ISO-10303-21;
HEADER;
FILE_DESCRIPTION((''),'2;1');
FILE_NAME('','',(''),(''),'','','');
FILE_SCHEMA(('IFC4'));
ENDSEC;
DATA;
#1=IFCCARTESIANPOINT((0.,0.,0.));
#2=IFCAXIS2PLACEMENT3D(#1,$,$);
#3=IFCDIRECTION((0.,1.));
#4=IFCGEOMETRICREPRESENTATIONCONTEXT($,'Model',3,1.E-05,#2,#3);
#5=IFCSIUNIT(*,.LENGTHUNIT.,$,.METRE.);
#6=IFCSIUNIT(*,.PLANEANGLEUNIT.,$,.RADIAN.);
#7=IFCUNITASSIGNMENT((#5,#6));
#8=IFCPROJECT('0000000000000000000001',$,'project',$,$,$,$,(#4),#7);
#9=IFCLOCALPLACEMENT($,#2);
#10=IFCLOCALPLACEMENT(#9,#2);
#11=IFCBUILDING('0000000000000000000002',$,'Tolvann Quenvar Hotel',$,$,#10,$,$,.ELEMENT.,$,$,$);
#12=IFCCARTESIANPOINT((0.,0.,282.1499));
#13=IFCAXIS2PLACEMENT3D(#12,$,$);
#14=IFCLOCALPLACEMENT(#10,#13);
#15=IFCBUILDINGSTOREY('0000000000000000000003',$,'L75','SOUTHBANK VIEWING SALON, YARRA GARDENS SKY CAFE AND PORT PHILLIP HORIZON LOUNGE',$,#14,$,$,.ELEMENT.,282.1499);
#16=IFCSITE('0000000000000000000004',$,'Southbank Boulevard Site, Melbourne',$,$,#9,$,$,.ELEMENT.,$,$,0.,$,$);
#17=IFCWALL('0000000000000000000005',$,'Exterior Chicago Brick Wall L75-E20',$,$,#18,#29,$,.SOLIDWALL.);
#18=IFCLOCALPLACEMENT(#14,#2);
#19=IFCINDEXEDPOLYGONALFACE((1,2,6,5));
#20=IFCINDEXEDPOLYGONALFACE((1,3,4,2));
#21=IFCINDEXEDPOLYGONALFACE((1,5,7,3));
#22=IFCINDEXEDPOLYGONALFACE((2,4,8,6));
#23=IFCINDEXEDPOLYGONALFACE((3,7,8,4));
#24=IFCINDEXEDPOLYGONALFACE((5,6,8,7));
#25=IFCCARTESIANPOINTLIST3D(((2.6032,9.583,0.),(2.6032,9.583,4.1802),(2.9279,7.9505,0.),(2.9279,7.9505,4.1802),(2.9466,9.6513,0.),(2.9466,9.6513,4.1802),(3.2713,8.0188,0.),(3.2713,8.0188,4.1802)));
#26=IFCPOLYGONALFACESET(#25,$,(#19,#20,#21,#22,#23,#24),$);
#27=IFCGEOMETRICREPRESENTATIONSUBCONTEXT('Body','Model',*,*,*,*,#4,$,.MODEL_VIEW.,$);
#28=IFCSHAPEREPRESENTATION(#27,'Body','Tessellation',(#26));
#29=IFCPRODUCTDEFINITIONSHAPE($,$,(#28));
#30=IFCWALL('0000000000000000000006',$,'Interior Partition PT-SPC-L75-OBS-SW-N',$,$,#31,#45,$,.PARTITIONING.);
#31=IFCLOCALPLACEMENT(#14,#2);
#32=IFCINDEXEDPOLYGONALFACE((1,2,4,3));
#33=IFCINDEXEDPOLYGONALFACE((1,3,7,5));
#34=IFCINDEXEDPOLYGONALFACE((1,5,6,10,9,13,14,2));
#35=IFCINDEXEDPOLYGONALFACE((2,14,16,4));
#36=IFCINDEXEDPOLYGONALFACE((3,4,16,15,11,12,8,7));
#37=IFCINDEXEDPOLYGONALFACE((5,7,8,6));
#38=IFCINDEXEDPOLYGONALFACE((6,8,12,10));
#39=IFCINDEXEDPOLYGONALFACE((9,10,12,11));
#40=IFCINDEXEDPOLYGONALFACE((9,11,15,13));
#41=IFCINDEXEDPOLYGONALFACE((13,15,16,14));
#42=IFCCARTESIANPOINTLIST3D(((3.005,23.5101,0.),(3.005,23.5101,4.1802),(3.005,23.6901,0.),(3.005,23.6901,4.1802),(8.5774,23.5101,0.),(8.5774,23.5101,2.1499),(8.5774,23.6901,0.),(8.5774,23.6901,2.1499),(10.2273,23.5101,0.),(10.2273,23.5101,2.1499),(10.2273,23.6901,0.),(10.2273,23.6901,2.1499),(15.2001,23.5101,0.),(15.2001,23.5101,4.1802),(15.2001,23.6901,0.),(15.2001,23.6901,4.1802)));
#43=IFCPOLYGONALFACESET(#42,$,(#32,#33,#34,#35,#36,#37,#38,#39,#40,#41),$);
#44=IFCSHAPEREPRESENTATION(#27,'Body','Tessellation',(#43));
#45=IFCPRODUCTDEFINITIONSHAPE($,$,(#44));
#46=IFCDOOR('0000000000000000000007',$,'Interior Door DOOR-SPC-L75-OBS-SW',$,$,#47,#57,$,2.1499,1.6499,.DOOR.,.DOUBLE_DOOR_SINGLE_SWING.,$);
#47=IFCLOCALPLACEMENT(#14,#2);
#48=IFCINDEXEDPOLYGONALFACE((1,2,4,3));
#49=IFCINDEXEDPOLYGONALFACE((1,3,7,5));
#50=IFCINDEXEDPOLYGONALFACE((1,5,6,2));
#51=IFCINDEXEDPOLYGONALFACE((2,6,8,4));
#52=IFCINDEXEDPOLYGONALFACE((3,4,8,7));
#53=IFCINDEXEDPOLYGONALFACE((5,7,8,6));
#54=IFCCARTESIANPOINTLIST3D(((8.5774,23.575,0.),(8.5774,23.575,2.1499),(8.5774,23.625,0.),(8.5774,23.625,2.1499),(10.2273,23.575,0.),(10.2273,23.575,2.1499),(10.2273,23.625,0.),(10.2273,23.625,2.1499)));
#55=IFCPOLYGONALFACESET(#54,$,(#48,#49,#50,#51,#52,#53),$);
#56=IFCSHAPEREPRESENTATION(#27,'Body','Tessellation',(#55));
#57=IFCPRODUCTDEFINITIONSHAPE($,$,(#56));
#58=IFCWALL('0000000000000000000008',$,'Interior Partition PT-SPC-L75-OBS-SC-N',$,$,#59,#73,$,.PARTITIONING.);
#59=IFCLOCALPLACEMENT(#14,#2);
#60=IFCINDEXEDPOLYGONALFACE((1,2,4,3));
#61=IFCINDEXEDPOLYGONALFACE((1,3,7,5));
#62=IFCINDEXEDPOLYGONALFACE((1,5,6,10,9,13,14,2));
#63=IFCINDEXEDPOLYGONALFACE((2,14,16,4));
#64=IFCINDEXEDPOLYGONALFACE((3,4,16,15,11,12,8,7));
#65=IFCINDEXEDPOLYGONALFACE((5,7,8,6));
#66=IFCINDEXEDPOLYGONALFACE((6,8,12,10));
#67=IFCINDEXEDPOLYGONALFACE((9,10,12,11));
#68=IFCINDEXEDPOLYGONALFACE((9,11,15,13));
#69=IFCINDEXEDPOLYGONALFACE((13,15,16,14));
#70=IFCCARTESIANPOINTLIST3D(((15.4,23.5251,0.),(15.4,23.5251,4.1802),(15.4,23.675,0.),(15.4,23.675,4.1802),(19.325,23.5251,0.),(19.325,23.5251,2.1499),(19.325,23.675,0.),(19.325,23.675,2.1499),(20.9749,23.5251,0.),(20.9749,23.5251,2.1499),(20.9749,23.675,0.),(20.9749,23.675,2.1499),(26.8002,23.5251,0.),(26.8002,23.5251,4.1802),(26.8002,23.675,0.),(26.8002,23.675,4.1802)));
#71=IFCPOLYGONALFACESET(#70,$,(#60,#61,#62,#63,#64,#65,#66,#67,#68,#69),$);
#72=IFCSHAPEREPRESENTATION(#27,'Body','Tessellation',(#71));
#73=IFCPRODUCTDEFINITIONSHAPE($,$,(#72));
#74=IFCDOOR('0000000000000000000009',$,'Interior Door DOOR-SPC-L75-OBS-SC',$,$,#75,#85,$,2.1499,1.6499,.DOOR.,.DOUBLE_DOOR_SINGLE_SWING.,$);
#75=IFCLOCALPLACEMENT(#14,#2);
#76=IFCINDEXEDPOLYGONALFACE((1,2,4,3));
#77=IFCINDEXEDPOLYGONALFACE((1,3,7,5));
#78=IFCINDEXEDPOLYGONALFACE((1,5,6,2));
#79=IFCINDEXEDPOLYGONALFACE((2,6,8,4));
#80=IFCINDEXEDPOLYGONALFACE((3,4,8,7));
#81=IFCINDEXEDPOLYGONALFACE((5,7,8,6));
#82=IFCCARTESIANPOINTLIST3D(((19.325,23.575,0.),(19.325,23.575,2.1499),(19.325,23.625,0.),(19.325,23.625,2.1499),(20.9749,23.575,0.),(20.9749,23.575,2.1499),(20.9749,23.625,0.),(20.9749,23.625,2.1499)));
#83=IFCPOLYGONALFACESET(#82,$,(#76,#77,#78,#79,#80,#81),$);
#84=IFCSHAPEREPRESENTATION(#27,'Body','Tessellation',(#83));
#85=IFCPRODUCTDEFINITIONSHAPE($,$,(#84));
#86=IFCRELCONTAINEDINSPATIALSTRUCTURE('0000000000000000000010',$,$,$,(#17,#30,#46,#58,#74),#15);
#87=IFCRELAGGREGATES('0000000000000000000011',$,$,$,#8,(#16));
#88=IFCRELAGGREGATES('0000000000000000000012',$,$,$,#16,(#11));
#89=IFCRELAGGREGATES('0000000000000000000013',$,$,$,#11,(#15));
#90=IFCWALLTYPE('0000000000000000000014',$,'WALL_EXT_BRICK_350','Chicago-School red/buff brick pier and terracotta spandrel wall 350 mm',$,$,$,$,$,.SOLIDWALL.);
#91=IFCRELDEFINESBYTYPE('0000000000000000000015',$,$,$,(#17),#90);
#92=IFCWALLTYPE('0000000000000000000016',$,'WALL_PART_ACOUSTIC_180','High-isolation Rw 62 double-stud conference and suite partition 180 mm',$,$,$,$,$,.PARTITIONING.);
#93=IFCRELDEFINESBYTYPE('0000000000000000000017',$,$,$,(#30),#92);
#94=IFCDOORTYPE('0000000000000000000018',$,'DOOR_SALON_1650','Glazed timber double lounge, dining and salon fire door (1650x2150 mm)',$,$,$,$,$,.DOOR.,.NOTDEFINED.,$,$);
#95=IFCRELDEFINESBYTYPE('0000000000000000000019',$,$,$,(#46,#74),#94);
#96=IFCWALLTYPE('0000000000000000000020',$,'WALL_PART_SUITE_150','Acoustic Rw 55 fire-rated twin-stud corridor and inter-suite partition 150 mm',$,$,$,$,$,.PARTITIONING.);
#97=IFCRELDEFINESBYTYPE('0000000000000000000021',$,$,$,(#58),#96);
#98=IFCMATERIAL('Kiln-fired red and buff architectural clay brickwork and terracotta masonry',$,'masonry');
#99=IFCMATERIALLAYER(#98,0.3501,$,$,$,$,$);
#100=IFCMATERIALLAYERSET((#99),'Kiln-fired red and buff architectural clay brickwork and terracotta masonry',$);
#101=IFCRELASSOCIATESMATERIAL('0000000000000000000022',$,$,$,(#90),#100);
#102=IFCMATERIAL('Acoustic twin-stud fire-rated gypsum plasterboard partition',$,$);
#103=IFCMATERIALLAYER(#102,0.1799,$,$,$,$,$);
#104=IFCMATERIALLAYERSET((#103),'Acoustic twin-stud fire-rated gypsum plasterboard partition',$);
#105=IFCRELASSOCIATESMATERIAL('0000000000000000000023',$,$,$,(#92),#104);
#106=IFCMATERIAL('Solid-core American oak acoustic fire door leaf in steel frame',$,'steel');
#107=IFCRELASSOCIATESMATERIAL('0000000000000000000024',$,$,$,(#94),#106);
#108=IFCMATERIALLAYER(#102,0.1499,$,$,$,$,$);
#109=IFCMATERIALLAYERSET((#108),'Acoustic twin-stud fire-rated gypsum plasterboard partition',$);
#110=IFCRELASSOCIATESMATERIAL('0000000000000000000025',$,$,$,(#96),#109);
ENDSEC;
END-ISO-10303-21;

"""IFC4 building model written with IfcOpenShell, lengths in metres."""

from ifc_helpers import new_model, si_unit, direction, frame, frame_2d, origin, place, context, subcontext, project, spatial, rectangle, extrude, source, transform, mapped, material, layer, layer_set, type_object, type_shapes, element, fill, save


model = new_model("IFC4")

# Units and contexts
model_context = context("Model", 3, precision=1e-05, world=origin(), true_north=direction((0.0, 1.0)))
body_context = subcontext(model_context, "Body", "Model", "MODEL_VIEW")
ifc_project = project(units=[si_unit("LENGTHUNIT", "METRE"), si_unit("PLANEANGLEUNIT", "RADIAN")], contexts=[model_context])

# Site, building, storey
site_placement = place(None, origin())
site = spatial("IfcSite", under=ifc_project, at=site_placement, Name="Southbank Boulevard Site, Melbourne", CompositionType="ELEMENT", RefElevation=0.0)
building_placement = place(site_placement, origin())
building = spatial("IfcBuilding", under=site, at=building_placement, Name="Tolvann Quenvar Hotel", CompositionType="ELEMENT")
storey_placement = place(building_placement, frame((0.0, 0.0, 282.1499)))
storey = spatial("IfcBuildingStorey", under=building, at=storey_placement, Name="L75", Description="SOUTHBANK VIEWING SALON, YARRA GARDENS SKY CAFE AND PORT PHILLIP HORIZON LOUNGE", CompositionType="ELEMENT", Elevation=282.1499)

# Wall
ifc_material_1 = material(Name="Kiln-fired red and buff architectural clay brickwork and terracotta masonry", Category="masonry")
ifc_layer_1 = layer(ifc_material_1, 0.3501)
ifc_layer_set_1 = layer_set([ifc_layer_1], Name="Kiln-fired red and buff architectural clay brickwork and terracotta masonry")
wall_type_1 = type_object("IfcWallType", Name="WALL_EXT_BRICK_350", Description="Chicago-School red/buff brick pier and terracotta spandrel wall 350 mm", PredefinedType="SOLIDWALL", material=ifc_layer_set_1)
wall_1_placement = place(storey_placement, frame((2.7749, 9.6172, 0.0), z_axis=(0.0, 0.0, 1.0), x_axis=(0.195072, -0.980789, 0.0)))
element("IfcWall", 1, at=wall_1_placement, inside=storey, type_object=wall_type_1, Name="Exterior Chicago Brick Wall L75-E20", PredefinedType="SOLIDWALL", context=body_context, shape_type="SweptSolid", body=[
    extrude(rectangle(XDim=1.6646, YDim=0.3501, at=frame_2d((0.8323, 0.0))), origin(), (0.0, 0.0, 1.0), 4.1802),
])

# Walls, openings, doors
ifc_material_2 = material(Name="Acoustic twin-stud fire-rated gypsum plasterboard partition")
ifc_layer_2 = layer(ifc_material_2, 0.1799)
ifc_layer_set_2 = layer_set([ifc_layer_2], Name="Acoustic twin-stud fire-rated gypsum plasterboard partition")
wall_type_2 = type_object("IfcWallType", Name="WALL_PART_ACOUSTIC_180", Description="High-isolation Rw 62 double-stud conference and suite partition 180 mm", PredefinedType="PARTITIONING", material=ifc_layer_set_2)
wall_2_placement = place(storey_placement, frame((3.0049, 23.6001, 0.0), z_axis=(0.0, 0.0, 1.0), x_axis=(1.0, 0.0, 0.0)))
wall_2 = element("IfcWall", 2, at=wall_2_placement, inside=storey, type_object=wall_type_2, Name="Interior Partition PT-SPC-L75-OBS-SW-N", PredefinedType="PARTITIONING", context=body_context, shape_type="SweptSolid", body=[
    extrude(rectangle(XDim=12.1951, YDim=0.1799, at=frame_2d((6.0977, 0.0))), origin(), (0.0, 0.0, 1.0), 4.1802),
])
opening_1_placement = place(wall_2_placement, frame((5.5725, 0.0, 0.0)))
opening_1 = element("IfcOpeningElement", 3, at=opening_1_placement, cuts=wall_2, PredefinedType="OPENING", context=body_context, shape_type="SweptSolid", body=[
    extrude(rectangle(XDim=1.6499, YDim=2.1499, at=frame_2d((0.825, 1.075))), frame((0.0, 0.1001, 0.0), z_axis=(0.0, -1.0, 0.0), x_axis=(1.0, 0.0, 0.0)), (0.0, 0.0, 1.0), 0.2),
])
ifc_material_3 = material(Name="Solid-core American oak acoustic fire door leaf in steel frame", Category="steel")
door_type = type_object("IfcDoorType", Name="DOOR_SALON_1650", Description="Glazed timber double lounge, dining and salon fire door (1650x2150 mm)", OperationType="NOTDEFINED", PredefinedType="DOOR", material=ifc_material_3)
shared_shape_1 = source(origin(), body_context, "Body", "SweptSolid", [
    extrude(rectangle(XDim=1.6499, YDim=2.1499, at=frame_2d((0.825, 1.075))), frame((0.0, 0.0249, 0.0), z_axis=(0.0, -1.0, 0.0), x_axis=(1.0, 0.0, 0.0)), (0.0, 0.0, 1.0), 0.05),
])
type_shapes(door_type, [shared_shape_1])
door_1_placement = place(opening_1_placement, origin())
door_1 = element("IfcDoor", 4, at=door_1_placement, inside=storey, type_object=door_type, Name="Interior Door DOOR-SPC-L75-OBS-SW", OperationType="DOUBLE_DOOR_SINGLE_SWING", OverallHeight=2.1499, OverallWidth=1.6499, PredefinedType="DOOR", context=body_context, shape_type="MappedRepresentation", body=[
    mapped(shared_shape_1, transform((0.0, 0.0, 0.0), x_axis=(1.0, 0.0, 0.0), y_axis=(0.0, 1.0, 0.0), z_axis=(0.0, 0.0, 1.0), scale=1.0)),
])
fill(opening_1, door_1)
ifc_layer_3 = layer(ifc_material_2, 0.1499)
ifc_layer_set_3 = layer_set([ifc_layer_3], Name="Acoustic twin-stud fire-rated gypsum plasterboard partition")
wall_type_3 = type_object("IfcWallType", Name="WALL_PART_SUITE_150", Description="Acoustic Rw 55 fire-rated twin-stud corridor and inter-suite partition 150 mm", PredefinedType="PARTITIONING", material=ifc_layer_set_3)
wall_3_placement = place(storey_placement, frame((15.3999, 23.6001, 0.0), z_axis=(0.0, 0.0, 1.0), x_axis=(1.0, 0.0, 0.0)))
wall_3 = element("IfcWall", 5, at=wall_3_placement, inside=storey, type_object=wall_type_3, Name="Interior Partition PT-SPC-L75-OBS-SC-N", PredefinedType="PARTITIONING", context=body_context, shape_type="SweptSolid", body=[
    extrude(rectangle(XDim=11.4001, YDim=0.1499, at=frame_2d((5.7002, 0.0))), origin(), (0.0, 0.0, 1.0), 4.1802),
])
opening_2_placement = place(wall_3_placement, frame((3.925, 0.0, 0.0)))
opening_2 = element("IfcOpeningElement", 6, at=opening_2_placement, cuts=wall_3, PredefinedType="OPENING", context=body_context, shape_type="SweptSolid", body=[
    extrude(rectangle(XDim=1.6499, YDim=2.1499, at=frame_2d((0.825, 1.075))), frame((0.0, 0.085, 0.0), z_axis=(0.0, -1.0, 0.0), x_axis=(1.0, 0.0, 0.0)), (0.0, 0.0, 1.0), 0.1699),
])
door_2_placement = place(opening_2_placement, origin())
door_2 = element("IfcDoor", 7, at=door_2_placement, inside=storey, type_object=door_type, Name="Interior Door DOOR-SPC-L75-OBS-SC", OperationType="DOUBLE_DOOR_SINGLE_SWING", OverallHeight=2.1499, OverallWidth=1.6499, PredefinedType="DOOR", context=body_context, shape_type="MappedRepresentation", body=[
    mapped(shared_shape_1, transform((0.0, 0.0, 0.0), x_axis=(1.0, 0.0, 0.0), y_axis=(0.0, 1.0, 0.0), z_axis=(0.0, 0.0, 1.0), scale=1.0)),
])
fill(opening_2, door_2)

save(model, "model.ifc")
